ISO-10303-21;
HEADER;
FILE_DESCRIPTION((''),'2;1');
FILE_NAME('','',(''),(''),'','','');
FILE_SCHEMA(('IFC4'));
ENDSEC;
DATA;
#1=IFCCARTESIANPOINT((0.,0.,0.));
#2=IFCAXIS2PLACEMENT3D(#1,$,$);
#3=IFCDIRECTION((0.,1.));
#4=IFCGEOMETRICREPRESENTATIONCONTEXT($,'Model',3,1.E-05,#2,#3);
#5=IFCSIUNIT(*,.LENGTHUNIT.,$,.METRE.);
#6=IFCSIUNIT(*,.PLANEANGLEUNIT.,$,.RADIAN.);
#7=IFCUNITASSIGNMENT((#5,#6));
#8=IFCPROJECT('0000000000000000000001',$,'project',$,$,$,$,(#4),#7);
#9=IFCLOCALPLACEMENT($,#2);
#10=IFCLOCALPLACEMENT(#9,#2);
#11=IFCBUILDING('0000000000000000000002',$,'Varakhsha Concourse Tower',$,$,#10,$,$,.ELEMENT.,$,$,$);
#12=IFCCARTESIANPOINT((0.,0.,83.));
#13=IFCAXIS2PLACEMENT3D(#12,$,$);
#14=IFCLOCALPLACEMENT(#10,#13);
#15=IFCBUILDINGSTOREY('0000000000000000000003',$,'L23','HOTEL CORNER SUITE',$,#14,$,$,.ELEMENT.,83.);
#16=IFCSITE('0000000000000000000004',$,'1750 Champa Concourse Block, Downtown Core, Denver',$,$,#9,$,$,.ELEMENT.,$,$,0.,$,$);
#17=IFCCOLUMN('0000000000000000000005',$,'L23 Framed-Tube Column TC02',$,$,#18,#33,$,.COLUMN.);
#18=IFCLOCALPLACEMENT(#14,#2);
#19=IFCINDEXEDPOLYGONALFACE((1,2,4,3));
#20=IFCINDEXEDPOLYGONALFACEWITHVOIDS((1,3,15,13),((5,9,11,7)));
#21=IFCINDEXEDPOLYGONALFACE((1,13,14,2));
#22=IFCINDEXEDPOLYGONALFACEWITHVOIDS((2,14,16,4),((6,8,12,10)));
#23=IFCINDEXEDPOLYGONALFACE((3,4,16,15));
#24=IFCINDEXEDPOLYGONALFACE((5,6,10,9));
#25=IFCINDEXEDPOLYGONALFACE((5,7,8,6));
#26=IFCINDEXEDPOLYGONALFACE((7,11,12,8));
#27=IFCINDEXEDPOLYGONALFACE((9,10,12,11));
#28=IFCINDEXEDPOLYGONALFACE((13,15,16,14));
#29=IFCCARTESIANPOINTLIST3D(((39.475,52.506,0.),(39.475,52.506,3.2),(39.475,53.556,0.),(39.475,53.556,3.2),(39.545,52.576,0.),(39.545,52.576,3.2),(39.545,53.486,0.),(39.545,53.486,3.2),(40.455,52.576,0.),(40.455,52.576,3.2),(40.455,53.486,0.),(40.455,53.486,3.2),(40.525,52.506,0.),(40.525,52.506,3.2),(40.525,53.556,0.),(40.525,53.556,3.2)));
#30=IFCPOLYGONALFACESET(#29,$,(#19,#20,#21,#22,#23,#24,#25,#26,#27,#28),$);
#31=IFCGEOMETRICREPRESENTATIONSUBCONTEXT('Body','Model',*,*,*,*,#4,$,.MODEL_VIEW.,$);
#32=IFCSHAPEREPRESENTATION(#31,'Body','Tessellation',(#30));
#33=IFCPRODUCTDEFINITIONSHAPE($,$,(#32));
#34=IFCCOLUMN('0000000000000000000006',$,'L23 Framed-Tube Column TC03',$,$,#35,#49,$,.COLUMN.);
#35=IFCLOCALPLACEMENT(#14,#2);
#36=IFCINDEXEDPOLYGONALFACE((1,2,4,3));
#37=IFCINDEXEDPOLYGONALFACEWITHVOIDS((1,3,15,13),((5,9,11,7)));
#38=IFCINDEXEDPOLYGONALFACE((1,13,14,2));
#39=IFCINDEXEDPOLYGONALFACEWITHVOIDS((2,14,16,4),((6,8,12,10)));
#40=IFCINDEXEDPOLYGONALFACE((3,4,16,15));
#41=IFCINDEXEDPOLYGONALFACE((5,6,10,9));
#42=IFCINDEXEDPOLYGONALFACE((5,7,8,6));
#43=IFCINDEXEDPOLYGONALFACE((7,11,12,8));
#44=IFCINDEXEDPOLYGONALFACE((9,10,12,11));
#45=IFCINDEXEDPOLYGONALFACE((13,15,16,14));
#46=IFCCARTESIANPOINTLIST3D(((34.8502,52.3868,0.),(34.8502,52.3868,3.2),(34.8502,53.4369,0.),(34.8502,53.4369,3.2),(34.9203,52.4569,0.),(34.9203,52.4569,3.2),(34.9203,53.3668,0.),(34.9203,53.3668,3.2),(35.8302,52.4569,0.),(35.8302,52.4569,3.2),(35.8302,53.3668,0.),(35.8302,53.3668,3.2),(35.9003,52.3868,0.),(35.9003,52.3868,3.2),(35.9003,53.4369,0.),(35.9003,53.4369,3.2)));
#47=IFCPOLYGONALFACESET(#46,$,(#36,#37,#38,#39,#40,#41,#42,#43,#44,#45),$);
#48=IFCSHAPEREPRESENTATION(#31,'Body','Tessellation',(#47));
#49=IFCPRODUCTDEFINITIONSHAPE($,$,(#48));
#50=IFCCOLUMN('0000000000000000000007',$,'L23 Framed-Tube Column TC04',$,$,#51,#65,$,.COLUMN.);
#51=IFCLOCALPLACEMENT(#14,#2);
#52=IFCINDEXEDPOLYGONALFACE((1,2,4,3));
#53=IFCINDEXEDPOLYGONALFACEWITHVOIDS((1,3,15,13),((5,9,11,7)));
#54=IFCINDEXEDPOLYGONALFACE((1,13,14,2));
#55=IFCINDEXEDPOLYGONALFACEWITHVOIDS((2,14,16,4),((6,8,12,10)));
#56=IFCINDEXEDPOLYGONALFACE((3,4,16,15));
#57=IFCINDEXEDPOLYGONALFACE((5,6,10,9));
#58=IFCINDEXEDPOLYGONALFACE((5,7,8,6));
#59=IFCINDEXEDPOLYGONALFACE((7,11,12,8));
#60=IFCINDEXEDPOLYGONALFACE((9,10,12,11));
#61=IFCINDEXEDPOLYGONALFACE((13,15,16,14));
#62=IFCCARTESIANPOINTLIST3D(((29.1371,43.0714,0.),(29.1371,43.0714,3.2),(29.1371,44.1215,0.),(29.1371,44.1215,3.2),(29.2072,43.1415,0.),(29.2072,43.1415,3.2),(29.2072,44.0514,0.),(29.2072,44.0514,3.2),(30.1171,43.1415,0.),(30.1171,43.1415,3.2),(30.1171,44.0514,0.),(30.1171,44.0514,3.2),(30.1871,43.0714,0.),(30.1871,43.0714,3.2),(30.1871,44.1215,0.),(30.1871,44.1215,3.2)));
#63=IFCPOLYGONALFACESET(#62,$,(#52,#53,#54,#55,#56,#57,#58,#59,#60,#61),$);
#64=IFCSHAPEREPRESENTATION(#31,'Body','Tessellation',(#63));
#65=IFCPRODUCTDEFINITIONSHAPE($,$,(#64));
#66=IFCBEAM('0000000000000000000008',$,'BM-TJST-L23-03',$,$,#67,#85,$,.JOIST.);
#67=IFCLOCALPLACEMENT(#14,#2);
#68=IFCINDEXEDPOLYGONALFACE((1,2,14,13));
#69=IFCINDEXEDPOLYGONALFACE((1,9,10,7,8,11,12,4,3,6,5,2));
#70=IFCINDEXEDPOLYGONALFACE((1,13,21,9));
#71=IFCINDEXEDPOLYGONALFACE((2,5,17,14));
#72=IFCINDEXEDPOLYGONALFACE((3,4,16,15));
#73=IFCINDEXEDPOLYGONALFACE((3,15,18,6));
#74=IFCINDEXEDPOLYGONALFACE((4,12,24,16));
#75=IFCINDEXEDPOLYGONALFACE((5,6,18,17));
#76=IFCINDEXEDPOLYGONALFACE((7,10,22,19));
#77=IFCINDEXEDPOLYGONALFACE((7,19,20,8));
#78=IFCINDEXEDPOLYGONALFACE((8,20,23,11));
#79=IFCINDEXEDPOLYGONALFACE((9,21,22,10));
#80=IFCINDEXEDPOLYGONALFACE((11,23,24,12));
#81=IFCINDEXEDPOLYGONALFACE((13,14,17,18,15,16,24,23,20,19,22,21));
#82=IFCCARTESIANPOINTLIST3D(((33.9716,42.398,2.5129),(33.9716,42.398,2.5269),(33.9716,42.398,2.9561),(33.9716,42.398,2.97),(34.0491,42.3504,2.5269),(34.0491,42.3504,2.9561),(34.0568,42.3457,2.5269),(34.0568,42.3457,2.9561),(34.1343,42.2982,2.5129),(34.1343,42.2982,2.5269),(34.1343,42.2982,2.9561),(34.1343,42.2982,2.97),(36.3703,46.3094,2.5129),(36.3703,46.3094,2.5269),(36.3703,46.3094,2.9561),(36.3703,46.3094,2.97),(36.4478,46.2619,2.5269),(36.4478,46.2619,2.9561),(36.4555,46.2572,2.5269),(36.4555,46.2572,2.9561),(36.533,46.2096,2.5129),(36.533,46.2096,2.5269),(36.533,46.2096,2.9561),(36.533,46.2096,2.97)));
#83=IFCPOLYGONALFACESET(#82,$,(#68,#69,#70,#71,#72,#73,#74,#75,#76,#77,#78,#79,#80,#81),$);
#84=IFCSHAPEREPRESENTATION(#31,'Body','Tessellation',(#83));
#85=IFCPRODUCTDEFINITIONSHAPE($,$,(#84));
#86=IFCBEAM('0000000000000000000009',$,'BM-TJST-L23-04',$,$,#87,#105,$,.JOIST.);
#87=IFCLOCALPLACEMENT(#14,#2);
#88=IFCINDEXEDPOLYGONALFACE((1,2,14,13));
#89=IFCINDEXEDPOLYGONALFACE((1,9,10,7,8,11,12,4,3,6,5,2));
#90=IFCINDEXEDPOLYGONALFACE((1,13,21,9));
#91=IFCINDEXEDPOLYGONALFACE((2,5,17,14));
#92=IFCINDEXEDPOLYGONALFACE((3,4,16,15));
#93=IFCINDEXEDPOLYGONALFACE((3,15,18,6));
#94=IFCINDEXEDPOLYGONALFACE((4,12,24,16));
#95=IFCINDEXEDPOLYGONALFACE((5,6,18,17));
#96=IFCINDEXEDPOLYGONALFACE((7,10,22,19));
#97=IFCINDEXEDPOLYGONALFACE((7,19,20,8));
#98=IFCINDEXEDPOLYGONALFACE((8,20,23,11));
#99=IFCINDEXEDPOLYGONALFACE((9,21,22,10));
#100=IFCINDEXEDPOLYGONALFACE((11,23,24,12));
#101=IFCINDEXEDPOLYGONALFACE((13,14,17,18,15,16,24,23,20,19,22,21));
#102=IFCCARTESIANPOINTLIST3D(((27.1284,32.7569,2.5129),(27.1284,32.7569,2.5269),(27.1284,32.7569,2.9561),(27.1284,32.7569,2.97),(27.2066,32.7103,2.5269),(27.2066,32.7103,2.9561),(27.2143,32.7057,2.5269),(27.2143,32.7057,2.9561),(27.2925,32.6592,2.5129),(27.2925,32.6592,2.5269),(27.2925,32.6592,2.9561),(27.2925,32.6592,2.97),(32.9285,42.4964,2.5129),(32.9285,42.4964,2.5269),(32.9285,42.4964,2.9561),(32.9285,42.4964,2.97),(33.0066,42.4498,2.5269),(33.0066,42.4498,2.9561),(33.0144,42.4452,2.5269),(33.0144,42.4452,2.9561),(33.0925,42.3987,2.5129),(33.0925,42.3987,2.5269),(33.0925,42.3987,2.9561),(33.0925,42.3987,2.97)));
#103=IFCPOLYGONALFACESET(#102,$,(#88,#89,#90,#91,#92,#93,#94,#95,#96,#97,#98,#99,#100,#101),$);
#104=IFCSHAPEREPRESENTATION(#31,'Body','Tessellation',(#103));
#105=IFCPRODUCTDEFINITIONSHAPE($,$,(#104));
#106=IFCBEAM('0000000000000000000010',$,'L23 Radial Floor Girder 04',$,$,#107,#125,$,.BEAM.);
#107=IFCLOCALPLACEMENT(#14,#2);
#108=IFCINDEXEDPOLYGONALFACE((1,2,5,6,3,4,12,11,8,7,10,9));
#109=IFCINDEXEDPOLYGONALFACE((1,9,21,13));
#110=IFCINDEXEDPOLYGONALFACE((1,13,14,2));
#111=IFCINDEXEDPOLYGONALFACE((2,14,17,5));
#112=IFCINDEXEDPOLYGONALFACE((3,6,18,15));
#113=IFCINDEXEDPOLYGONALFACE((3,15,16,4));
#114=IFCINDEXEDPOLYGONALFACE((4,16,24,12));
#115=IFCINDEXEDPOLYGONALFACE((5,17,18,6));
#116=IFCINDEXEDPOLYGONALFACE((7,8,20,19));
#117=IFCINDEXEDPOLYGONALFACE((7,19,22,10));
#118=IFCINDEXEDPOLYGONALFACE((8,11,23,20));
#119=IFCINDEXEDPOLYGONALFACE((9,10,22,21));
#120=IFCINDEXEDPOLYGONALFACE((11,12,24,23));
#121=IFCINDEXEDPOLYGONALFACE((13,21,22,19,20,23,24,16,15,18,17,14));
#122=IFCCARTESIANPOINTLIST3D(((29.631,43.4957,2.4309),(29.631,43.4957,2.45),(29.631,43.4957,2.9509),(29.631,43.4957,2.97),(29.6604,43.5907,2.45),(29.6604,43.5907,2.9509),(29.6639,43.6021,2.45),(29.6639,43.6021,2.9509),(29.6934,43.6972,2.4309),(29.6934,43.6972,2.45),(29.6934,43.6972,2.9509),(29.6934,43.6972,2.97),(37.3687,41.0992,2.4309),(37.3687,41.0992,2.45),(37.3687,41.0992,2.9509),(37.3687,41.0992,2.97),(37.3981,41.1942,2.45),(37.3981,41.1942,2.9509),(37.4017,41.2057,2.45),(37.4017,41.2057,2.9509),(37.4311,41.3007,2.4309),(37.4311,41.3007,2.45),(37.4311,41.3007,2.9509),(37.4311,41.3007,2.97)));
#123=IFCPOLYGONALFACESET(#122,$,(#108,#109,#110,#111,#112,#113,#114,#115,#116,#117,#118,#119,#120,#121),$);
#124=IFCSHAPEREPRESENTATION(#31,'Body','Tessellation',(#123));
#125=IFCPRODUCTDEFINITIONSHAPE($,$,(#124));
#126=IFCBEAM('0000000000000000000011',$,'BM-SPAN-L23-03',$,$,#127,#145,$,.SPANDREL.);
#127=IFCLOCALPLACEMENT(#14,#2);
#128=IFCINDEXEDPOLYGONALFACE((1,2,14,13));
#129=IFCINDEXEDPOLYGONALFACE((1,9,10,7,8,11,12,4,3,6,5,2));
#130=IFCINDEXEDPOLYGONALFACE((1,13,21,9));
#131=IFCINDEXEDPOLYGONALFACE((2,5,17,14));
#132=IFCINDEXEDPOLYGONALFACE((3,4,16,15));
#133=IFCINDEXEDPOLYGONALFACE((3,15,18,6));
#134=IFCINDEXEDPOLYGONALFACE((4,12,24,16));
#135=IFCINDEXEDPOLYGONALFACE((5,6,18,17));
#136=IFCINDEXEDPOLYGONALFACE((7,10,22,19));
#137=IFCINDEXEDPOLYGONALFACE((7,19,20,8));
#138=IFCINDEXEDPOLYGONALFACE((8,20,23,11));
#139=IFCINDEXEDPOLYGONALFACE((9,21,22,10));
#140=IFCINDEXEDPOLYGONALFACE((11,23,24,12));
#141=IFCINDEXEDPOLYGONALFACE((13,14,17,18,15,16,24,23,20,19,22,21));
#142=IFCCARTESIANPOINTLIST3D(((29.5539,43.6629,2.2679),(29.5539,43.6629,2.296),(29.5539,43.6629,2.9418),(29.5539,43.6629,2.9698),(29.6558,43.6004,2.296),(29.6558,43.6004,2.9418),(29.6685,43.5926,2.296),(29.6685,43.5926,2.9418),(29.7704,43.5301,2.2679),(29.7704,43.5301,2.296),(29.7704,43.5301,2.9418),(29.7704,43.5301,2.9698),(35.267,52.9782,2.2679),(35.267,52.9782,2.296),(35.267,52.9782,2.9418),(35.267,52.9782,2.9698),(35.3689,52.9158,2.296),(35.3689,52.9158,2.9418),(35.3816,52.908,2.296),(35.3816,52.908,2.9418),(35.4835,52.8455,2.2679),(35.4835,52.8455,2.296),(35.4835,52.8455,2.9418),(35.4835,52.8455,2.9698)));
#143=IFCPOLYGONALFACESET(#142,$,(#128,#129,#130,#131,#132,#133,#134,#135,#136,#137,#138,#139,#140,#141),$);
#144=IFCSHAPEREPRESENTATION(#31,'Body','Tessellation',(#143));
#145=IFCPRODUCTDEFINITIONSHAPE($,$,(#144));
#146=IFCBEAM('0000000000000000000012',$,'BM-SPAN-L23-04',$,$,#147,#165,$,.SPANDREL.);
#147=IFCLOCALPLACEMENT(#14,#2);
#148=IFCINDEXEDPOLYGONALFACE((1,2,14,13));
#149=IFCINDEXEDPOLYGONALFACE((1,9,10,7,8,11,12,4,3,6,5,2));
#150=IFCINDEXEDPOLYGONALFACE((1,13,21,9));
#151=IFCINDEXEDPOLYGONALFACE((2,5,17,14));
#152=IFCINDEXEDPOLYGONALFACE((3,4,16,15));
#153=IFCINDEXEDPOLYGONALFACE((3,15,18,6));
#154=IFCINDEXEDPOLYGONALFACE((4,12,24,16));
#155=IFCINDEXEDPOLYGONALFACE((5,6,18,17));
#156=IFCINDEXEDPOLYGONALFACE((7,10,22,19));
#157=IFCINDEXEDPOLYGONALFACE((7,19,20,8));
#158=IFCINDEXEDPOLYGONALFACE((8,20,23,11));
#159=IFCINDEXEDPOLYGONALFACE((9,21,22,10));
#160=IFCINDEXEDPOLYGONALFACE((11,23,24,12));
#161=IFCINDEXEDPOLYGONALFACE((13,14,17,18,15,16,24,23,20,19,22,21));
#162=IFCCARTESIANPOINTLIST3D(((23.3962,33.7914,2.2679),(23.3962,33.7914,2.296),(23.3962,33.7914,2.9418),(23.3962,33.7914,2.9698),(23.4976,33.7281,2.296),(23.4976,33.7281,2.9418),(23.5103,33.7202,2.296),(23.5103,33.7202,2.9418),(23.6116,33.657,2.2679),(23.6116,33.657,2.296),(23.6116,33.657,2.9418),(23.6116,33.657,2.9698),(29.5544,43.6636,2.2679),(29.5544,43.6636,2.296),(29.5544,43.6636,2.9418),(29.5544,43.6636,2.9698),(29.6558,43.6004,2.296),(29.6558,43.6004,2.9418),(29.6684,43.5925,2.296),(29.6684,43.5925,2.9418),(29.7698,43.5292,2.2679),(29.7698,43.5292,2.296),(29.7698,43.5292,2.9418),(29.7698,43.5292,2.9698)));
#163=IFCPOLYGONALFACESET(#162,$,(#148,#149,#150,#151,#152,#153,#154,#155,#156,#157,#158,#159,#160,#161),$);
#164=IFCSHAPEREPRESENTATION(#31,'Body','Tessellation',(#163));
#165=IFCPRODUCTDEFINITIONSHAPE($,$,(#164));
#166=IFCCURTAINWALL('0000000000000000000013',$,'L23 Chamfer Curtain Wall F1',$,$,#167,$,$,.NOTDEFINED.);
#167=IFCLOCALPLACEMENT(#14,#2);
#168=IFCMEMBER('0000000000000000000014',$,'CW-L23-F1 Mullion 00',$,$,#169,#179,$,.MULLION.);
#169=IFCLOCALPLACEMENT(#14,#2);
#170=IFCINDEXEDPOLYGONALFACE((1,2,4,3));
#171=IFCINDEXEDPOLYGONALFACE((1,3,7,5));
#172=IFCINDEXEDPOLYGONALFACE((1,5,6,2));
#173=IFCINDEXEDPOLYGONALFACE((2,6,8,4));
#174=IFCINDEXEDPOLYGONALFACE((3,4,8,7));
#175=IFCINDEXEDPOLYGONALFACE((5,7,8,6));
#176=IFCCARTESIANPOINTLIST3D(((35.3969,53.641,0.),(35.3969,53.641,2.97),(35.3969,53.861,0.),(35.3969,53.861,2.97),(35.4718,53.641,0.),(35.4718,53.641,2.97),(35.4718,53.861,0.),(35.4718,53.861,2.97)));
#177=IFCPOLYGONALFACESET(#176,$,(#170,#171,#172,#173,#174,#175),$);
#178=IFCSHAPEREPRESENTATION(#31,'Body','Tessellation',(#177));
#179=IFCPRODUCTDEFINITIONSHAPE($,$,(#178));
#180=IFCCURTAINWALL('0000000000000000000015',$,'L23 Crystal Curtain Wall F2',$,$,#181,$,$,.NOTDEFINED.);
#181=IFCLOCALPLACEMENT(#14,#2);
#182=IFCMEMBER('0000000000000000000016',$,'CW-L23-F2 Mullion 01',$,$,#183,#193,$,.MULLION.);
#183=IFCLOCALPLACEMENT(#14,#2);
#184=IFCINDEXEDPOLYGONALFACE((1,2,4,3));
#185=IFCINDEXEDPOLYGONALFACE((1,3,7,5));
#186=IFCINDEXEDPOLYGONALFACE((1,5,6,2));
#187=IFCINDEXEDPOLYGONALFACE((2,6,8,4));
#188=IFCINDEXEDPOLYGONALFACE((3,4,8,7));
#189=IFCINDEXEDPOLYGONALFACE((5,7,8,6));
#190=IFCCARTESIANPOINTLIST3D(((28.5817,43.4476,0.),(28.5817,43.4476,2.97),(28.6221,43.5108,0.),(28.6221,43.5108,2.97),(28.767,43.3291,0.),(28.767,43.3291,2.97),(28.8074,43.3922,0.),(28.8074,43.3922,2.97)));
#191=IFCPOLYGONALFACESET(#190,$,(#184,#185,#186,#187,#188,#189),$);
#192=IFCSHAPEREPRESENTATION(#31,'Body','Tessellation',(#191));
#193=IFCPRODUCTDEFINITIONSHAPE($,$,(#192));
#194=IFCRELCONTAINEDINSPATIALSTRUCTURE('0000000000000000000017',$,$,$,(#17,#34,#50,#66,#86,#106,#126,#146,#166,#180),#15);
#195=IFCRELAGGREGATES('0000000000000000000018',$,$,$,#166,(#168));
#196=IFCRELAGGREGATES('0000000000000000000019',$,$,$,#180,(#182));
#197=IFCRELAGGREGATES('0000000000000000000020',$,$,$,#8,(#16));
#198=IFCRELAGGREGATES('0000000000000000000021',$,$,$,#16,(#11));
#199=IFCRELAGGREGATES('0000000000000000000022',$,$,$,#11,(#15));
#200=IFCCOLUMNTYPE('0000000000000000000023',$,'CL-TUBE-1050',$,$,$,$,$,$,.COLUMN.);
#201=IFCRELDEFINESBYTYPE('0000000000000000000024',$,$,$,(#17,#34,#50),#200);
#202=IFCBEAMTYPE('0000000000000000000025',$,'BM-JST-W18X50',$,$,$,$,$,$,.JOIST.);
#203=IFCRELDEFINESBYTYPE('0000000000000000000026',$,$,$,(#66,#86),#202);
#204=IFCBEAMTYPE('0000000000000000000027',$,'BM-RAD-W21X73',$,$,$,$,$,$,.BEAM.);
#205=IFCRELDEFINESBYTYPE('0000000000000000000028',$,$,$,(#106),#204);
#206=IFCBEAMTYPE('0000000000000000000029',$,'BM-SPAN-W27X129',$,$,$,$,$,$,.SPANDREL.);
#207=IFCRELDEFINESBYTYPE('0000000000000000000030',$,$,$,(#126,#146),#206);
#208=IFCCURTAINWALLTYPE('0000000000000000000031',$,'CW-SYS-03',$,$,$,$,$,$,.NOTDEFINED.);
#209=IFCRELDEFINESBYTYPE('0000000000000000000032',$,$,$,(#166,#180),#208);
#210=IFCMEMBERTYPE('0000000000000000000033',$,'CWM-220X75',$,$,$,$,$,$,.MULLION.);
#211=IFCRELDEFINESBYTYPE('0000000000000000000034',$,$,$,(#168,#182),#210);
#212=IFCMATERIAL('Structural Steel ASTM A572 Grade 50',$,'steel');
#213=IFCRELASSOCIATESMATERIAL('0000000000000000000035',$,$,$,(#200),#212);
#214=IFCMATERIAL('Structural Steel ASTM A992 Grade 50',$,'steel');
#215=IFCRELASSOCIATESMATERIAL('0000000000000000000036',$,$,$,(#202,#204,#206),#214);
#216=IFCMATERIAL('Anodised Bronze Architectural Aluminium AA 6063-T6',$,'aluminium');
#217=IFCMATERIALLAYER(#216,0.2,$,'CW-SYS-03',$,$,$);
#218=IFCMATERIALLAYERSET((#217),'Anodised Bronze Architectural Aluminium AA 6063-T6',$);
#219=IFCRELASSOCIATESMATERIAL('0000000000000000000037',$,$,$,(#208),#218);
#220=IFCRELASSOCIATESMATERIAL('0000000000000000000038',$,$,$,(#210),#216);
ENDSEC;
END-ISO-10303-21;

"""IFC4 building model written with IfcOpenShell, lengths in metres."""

from ifc_helpers import new_model, si_unit, direction, frame, origin, origin_2d, place, context, subcontext, project, spatial, rectangle, hollow_rectangle, i_section, extrude, source, transform, mapped, material, layer, layer_set, material_profile, profile_set, type_object, type_shapes, element, aggregate, save


model = new_model("IFC4")

# Units and contexts
model_context = context("Model", 3, precision=1e-05, world=origin(), true_north=direction((0.0, 1.0)))
body_context = subcontext(model_context, "Body", "Model", "MODEL_VIEW")
ifc_project = project(units=[si_unit("LENGTHUNIT", "METRE"), si_unit("PLANEANGLEUNIT", "RADIAN")], contexts=[model_context])

# Site, building, storey
site_placement = place(None, origin())
site = spatial("IfcSite", under=ifc_project, at=site_placement, Name="1750 Champa Concourse Block, Downtown Core, Denver", CompositionType="ELEMENT", RefElevation=0.0)
building_placement = place(site_placement, origin())
building = spatial("IfcBuilding", under=site, at=building_placement, Name="Varakhsha Concourse Tower", CompositionType="ELEMENT")
storey_placement = place(building_placement, frame((0.0, 0.0, 83.0)))
storey = spatial("IfcBuildingStorey", under=building, at=storey_placement, Name="L23", Description="HOTEL CORNER SUITE", CompositionType="ELEMENT", Elevation=83.0)

# Columns
ifc_material_1 = material(Name="Structural Steel ASTM A572 Grade 50", Category="steel")
ifc_material_profile_1 = material_profile(ifc_material_1, hollow_rectangle(XDim=1.05, YDim=1.05, WallThickness=0.0701, at=origin_2d()), Name="BOX 1050x1050x70")
ifc_profile_set_1 = profile_set([ifc_material_profile_1], Name="Structural Steel ASTM A572 Grade 50")
column_type = type_object("IfcColumnType", Name="CL-TUBE-1050", PredefinedType="COLUMN", material=ifc_profile_set_1)
for number, where, z_axis, x_axis, name in (
    (1, (40.0, 53.031, 0.0), (0.0, 0.0, 1.0), (1.0, 0.0, 0.0), "L23 Framed-Tube Column TC02"),
    (2, (35.3752, 52.9119, 0.0), (0.0, 0.0, 1.0), (1.0, 0.0, 0.0), "L23 Framed-Tube Column TC03"),
    (3, (29.6621, 43.5964, 0.0), (0.0, 0.0, 1.0), (1.0, 0.0, 0.0), "L23 Framed-Tube Column TC04"),
):
    element("IfcColumn", number, at=place(storey_placement, frame(where, z_axis=z_axis, x_axis=x_axis)), inside=storey, type_object=column_type, Name=name, PredefinedType="COLUMN", context=body_context, shape_type="SweptSolid", body=[
        extrude(hollow_rectangle(XDim=1.05, YDim=1.05, WallThickness=0.0701, at=origin_2d()), origin(), (0.0, 0.0, 1.0), 3.2),
    ])

# Beams
ifc_material_2 = material(Name="Structural Steel ASTM A992 Grade 50", Category="steel")
ifc_material_profile_2 = material_profile(ifc_material_2, i_section(OverallWidth=0.1909, OverallDepth=0.457, WebThickness=0.009, FlangeThickness=0.0139, at=origin_2d()), Name="W18X50")
ifc_profile_set_2 = profile_set([ifc_material_profile_2], Name="Structural Steel ASTM A992 Grade 50")
beam_type_1 = type_object("IfcBeamType", Name="BM-JST-W18X50", PredefinedType="JOIST", material=ifc_profile_set_2)
beam_1_placement = place(storey_placement, frame((36.4517, 46.2595, 2.7415), z_axis=(-0.522782, -0.852467, 0.0), x_axis=(0.852467, -0.522782, 0.0)))
element("IfcBeam", 4, at=beam_1_placement, inside=storey, type_object=beam_type_1, Name="BM-TJST-L23-03", PredefinedType="JOIST", context=body_context, shape_type="SweptSolid", body=[
    extrude(i_section(OverallWidth=0.1909, OverallDepth=0.457, WebThickness=0.009, FlangeThickness=0.0139, at=origin_2d()), origin(), (0.0, 0.0, 1.0), 4.5884),
])
beam_2_placement = place(storey_placement, frame((33.0105, 42.4475, 2.7415), z_axis=(-0.511661, -0.859187, 0.0), x_axis=(0.859187, -0.511661, 0.0)))
element("IfcBeam", 5, at=beam_2_placement, inside=storey, type_object=beam_type_1, Name="BM-TJST-L23-04", PredefinedType="JOIST", context=body_context, shape_type="SweptSolid", body=[
    extrude(i_section(OverallWidth=0.1909, OverallDepth=0.457, WebThickness=0.009, FlangeThickness=0.0139, at=origin_2d()), origin(), (0.0, 0.0, 1.0), 11.3357),
])
ifc_material_profile_3 = material_profile(ifc_material_2, i_section(OverallWidth=0.2109, OverallDepth=0.5391, WebThickness=0.012, FlangeThickness=0.019, at=origin_2d()), Name="W21X73")
ifc_profile_set_3 = profile_set([ifc_material_profile_3], Name="Structural Steel ASTM A992 Grade 50")
beam_type_2 = type_object("IfcBeamType", Name="BM-RAD-W21X73", PredefinedType="BEAM", material=ifc_profile_set_3)
beam_3_placement = place(storey_placement, frame((37.3999, 41.2, 2.7004), z_axis=(-0.955235, 0.295847, 0.0), x_axis=(-0.295847, -0.955235, 0.0)))
element("IfcBeam", 6, at=beam_3_placement, inside=storey, type_object=beam_type_2, Name="L23 Radial Floor Girder 04", PredefinedType="BEAM", context=body_context, shape_type="SweptSolid", body=[
    extrude(i_section(OverallWidth=0.2109, OverallDepth=0.5391, WebThickness=0.012, FlangeThickness=0.019, at=origin_2d()), origin(), (0.0, 0.0, 1.0), 8.1003),
])
ifc_material_profile_4 = material_profile(ifc_material_2, i_section(OverallWidth=0.2539, OverallDepth=0.7019, WebThickness=0.0149, FlangeThickness=0.0281, at=origin_2d()), Name="W27X129")
ifc_profile_set_4 = profile_set([ifc_material_profile_4], Name="Structural Steel ASTM A992 Grade 50")
beam_type_3 = type_object("IfcBeamType", Name="BM-SPAN-W27X129", PredefinedType="SPANDREL", material=ifc_profile_set_4)
beam_4_placement = place(storey_placement, frame((35.3752, 52.9119, 2.6189), z_axis=(-0.522807, -0.852451, 0.0), x_axis=(0.852451, -0.522807, 0.0)))
element("IfcBeam", 7, at=beam_4_placement, inside=storey, type_object=beam_type_3, Name="BM-SPAN-L23-03", PredefinedType="SPANDREL", context=body_context, shape_type="SweptSolid", body=[
    extrude(i_section(OverallWidth=0.2539, OverallDepth=0.7019, WebThickness=0.0149, FlangeThickness=0.0281, at=origin_2d()), origin(), (0.0, 0.0, 1.0), 10.9277),
])
beam_5_placement = place(storey_placement, frame((29.6621, 43.5964, 2.6189), z_axis=(-0.529258, -0.848461, 0.0), x_axis=(0.848461, -0.529258, 0.0)))
element("IfcBeam", 8, at=beam_5_placement, inside=storey, type_object=beam_type_3, Name="BM-SPAN-L23-04", PredefinedType="SPANDREL", context=body_context, shape_type="SweptSolid", body=[
    extrude(i_section(OverallWidth=0.2539, OverallDepth=0.7019, WebThickness=0.0149, FlangeThickness=0.0281, at=origin_2d()), origin(), (0.0, 0.0, 1.0), 11.6355),
])

# Curtain wall, member
ifc_material_3 = material(Name="Anodised Bronze Architectural Aluminium AA 6063-T6", Category="aluminium")
ifc_layer_1 = layer(ifc_material_3, 0.2, Name="CW-SYS-03")
ifc_layer_set_1 = layer_set([ifc_layer_1], Name="Anodised Bronze Architectural Aluminium AA 6063-T6")
curtain_wall_type = type_object("IfcCurtainWallType", Name="CW-SYS-03", PredefinedType="NOTDEFINED", material=ifc_layer_set_1)
curtain_wall_1_placement = place(storey_placement, origin())
curtain_wall_1 = element("IfcCurtainWall", 9, at=curtain_wall_1_placement, inside=storey, type_object=curtain_wall_type, Name="L23 Chamfer Curtain Wall F1", PredefinedType="NOTDEFINED")
ifc_material_profile_5 = material_profile(ifc_material_3, rectangle(XDim=0.075, YDim=0.22, at=origin_2d()), Name="CWM-220X75")
ifc_profile_set_5 = profile_set([ifc_material_profile_5], Name="Anodised Bronze Architectural Aluminium AA 6063-T6")
member_type_1 = type_object("IfcMemberType", Name="CWM-220X75", PredefinedType="MULLION", material=ifc_profile_set_5)
shared_shape_1 = source(origin(), body_context, "Body", "SweptSolid", [
    extrude(rectangle(XDim=0.075, YDim=0.22, at=origin_2d()), origin(), (0.0, 0.0, 1.0), 2.97),
])
type_shapes(member_type_1, [shared_shape_1])
member_1_placement = place(storey_placement, frame((35.4343, 53.751, 0.0), z_axis=(0.0, 0.0, 1.0), x_axis=(1.0, 0.0, 0.0)))
member_1 = element("IfcMember", 10, at=member_1_placement, type_object=member_type_1, Name="CW-L23-F1 Mullion 00", PredefinedType="MULLION", context=body_context, shape_type="MappedRepresentation", body=[
    mapped(shared_shape_1, transform((0.0, 0.0, 0.0), scale=1.0)),
])

# Curtain wall, member
curtain_wall_2_placement = place(storey_placement, origin())
curtain_wall_2 = element("IfcCurtainWall", 11, at=curtain_wall_2_placement, inside=storey, type_object=curtain_wall_type, Name="L23 Crystal Curtain Wall F2", PredefinedType="NOTDEFINED")
member_2_placement = place(storey_placement, frame((28.6946, 43.4199, 0.0), z_axis=(0.0, 0.0, 1.0), x_axis=(0.538787, 0.842442, 0.0)))
member_2 = element("IfcMember", 12, at=member_2_placement, type_object=member_type_1, Name="CW-L23-F2 Mullion 01", PredefinedType="MULLION", context=body_context, shape_type="MappedRepresentation", body=[
    mapped(shared_shape_1, transform((0.0, 0.0, 0.0), scale=1.0)),
])

aggregate(curtain_wall_1, [member_1])

aggregate(curtain_wall_2, [member_2])

save(model, "model.ifc")
